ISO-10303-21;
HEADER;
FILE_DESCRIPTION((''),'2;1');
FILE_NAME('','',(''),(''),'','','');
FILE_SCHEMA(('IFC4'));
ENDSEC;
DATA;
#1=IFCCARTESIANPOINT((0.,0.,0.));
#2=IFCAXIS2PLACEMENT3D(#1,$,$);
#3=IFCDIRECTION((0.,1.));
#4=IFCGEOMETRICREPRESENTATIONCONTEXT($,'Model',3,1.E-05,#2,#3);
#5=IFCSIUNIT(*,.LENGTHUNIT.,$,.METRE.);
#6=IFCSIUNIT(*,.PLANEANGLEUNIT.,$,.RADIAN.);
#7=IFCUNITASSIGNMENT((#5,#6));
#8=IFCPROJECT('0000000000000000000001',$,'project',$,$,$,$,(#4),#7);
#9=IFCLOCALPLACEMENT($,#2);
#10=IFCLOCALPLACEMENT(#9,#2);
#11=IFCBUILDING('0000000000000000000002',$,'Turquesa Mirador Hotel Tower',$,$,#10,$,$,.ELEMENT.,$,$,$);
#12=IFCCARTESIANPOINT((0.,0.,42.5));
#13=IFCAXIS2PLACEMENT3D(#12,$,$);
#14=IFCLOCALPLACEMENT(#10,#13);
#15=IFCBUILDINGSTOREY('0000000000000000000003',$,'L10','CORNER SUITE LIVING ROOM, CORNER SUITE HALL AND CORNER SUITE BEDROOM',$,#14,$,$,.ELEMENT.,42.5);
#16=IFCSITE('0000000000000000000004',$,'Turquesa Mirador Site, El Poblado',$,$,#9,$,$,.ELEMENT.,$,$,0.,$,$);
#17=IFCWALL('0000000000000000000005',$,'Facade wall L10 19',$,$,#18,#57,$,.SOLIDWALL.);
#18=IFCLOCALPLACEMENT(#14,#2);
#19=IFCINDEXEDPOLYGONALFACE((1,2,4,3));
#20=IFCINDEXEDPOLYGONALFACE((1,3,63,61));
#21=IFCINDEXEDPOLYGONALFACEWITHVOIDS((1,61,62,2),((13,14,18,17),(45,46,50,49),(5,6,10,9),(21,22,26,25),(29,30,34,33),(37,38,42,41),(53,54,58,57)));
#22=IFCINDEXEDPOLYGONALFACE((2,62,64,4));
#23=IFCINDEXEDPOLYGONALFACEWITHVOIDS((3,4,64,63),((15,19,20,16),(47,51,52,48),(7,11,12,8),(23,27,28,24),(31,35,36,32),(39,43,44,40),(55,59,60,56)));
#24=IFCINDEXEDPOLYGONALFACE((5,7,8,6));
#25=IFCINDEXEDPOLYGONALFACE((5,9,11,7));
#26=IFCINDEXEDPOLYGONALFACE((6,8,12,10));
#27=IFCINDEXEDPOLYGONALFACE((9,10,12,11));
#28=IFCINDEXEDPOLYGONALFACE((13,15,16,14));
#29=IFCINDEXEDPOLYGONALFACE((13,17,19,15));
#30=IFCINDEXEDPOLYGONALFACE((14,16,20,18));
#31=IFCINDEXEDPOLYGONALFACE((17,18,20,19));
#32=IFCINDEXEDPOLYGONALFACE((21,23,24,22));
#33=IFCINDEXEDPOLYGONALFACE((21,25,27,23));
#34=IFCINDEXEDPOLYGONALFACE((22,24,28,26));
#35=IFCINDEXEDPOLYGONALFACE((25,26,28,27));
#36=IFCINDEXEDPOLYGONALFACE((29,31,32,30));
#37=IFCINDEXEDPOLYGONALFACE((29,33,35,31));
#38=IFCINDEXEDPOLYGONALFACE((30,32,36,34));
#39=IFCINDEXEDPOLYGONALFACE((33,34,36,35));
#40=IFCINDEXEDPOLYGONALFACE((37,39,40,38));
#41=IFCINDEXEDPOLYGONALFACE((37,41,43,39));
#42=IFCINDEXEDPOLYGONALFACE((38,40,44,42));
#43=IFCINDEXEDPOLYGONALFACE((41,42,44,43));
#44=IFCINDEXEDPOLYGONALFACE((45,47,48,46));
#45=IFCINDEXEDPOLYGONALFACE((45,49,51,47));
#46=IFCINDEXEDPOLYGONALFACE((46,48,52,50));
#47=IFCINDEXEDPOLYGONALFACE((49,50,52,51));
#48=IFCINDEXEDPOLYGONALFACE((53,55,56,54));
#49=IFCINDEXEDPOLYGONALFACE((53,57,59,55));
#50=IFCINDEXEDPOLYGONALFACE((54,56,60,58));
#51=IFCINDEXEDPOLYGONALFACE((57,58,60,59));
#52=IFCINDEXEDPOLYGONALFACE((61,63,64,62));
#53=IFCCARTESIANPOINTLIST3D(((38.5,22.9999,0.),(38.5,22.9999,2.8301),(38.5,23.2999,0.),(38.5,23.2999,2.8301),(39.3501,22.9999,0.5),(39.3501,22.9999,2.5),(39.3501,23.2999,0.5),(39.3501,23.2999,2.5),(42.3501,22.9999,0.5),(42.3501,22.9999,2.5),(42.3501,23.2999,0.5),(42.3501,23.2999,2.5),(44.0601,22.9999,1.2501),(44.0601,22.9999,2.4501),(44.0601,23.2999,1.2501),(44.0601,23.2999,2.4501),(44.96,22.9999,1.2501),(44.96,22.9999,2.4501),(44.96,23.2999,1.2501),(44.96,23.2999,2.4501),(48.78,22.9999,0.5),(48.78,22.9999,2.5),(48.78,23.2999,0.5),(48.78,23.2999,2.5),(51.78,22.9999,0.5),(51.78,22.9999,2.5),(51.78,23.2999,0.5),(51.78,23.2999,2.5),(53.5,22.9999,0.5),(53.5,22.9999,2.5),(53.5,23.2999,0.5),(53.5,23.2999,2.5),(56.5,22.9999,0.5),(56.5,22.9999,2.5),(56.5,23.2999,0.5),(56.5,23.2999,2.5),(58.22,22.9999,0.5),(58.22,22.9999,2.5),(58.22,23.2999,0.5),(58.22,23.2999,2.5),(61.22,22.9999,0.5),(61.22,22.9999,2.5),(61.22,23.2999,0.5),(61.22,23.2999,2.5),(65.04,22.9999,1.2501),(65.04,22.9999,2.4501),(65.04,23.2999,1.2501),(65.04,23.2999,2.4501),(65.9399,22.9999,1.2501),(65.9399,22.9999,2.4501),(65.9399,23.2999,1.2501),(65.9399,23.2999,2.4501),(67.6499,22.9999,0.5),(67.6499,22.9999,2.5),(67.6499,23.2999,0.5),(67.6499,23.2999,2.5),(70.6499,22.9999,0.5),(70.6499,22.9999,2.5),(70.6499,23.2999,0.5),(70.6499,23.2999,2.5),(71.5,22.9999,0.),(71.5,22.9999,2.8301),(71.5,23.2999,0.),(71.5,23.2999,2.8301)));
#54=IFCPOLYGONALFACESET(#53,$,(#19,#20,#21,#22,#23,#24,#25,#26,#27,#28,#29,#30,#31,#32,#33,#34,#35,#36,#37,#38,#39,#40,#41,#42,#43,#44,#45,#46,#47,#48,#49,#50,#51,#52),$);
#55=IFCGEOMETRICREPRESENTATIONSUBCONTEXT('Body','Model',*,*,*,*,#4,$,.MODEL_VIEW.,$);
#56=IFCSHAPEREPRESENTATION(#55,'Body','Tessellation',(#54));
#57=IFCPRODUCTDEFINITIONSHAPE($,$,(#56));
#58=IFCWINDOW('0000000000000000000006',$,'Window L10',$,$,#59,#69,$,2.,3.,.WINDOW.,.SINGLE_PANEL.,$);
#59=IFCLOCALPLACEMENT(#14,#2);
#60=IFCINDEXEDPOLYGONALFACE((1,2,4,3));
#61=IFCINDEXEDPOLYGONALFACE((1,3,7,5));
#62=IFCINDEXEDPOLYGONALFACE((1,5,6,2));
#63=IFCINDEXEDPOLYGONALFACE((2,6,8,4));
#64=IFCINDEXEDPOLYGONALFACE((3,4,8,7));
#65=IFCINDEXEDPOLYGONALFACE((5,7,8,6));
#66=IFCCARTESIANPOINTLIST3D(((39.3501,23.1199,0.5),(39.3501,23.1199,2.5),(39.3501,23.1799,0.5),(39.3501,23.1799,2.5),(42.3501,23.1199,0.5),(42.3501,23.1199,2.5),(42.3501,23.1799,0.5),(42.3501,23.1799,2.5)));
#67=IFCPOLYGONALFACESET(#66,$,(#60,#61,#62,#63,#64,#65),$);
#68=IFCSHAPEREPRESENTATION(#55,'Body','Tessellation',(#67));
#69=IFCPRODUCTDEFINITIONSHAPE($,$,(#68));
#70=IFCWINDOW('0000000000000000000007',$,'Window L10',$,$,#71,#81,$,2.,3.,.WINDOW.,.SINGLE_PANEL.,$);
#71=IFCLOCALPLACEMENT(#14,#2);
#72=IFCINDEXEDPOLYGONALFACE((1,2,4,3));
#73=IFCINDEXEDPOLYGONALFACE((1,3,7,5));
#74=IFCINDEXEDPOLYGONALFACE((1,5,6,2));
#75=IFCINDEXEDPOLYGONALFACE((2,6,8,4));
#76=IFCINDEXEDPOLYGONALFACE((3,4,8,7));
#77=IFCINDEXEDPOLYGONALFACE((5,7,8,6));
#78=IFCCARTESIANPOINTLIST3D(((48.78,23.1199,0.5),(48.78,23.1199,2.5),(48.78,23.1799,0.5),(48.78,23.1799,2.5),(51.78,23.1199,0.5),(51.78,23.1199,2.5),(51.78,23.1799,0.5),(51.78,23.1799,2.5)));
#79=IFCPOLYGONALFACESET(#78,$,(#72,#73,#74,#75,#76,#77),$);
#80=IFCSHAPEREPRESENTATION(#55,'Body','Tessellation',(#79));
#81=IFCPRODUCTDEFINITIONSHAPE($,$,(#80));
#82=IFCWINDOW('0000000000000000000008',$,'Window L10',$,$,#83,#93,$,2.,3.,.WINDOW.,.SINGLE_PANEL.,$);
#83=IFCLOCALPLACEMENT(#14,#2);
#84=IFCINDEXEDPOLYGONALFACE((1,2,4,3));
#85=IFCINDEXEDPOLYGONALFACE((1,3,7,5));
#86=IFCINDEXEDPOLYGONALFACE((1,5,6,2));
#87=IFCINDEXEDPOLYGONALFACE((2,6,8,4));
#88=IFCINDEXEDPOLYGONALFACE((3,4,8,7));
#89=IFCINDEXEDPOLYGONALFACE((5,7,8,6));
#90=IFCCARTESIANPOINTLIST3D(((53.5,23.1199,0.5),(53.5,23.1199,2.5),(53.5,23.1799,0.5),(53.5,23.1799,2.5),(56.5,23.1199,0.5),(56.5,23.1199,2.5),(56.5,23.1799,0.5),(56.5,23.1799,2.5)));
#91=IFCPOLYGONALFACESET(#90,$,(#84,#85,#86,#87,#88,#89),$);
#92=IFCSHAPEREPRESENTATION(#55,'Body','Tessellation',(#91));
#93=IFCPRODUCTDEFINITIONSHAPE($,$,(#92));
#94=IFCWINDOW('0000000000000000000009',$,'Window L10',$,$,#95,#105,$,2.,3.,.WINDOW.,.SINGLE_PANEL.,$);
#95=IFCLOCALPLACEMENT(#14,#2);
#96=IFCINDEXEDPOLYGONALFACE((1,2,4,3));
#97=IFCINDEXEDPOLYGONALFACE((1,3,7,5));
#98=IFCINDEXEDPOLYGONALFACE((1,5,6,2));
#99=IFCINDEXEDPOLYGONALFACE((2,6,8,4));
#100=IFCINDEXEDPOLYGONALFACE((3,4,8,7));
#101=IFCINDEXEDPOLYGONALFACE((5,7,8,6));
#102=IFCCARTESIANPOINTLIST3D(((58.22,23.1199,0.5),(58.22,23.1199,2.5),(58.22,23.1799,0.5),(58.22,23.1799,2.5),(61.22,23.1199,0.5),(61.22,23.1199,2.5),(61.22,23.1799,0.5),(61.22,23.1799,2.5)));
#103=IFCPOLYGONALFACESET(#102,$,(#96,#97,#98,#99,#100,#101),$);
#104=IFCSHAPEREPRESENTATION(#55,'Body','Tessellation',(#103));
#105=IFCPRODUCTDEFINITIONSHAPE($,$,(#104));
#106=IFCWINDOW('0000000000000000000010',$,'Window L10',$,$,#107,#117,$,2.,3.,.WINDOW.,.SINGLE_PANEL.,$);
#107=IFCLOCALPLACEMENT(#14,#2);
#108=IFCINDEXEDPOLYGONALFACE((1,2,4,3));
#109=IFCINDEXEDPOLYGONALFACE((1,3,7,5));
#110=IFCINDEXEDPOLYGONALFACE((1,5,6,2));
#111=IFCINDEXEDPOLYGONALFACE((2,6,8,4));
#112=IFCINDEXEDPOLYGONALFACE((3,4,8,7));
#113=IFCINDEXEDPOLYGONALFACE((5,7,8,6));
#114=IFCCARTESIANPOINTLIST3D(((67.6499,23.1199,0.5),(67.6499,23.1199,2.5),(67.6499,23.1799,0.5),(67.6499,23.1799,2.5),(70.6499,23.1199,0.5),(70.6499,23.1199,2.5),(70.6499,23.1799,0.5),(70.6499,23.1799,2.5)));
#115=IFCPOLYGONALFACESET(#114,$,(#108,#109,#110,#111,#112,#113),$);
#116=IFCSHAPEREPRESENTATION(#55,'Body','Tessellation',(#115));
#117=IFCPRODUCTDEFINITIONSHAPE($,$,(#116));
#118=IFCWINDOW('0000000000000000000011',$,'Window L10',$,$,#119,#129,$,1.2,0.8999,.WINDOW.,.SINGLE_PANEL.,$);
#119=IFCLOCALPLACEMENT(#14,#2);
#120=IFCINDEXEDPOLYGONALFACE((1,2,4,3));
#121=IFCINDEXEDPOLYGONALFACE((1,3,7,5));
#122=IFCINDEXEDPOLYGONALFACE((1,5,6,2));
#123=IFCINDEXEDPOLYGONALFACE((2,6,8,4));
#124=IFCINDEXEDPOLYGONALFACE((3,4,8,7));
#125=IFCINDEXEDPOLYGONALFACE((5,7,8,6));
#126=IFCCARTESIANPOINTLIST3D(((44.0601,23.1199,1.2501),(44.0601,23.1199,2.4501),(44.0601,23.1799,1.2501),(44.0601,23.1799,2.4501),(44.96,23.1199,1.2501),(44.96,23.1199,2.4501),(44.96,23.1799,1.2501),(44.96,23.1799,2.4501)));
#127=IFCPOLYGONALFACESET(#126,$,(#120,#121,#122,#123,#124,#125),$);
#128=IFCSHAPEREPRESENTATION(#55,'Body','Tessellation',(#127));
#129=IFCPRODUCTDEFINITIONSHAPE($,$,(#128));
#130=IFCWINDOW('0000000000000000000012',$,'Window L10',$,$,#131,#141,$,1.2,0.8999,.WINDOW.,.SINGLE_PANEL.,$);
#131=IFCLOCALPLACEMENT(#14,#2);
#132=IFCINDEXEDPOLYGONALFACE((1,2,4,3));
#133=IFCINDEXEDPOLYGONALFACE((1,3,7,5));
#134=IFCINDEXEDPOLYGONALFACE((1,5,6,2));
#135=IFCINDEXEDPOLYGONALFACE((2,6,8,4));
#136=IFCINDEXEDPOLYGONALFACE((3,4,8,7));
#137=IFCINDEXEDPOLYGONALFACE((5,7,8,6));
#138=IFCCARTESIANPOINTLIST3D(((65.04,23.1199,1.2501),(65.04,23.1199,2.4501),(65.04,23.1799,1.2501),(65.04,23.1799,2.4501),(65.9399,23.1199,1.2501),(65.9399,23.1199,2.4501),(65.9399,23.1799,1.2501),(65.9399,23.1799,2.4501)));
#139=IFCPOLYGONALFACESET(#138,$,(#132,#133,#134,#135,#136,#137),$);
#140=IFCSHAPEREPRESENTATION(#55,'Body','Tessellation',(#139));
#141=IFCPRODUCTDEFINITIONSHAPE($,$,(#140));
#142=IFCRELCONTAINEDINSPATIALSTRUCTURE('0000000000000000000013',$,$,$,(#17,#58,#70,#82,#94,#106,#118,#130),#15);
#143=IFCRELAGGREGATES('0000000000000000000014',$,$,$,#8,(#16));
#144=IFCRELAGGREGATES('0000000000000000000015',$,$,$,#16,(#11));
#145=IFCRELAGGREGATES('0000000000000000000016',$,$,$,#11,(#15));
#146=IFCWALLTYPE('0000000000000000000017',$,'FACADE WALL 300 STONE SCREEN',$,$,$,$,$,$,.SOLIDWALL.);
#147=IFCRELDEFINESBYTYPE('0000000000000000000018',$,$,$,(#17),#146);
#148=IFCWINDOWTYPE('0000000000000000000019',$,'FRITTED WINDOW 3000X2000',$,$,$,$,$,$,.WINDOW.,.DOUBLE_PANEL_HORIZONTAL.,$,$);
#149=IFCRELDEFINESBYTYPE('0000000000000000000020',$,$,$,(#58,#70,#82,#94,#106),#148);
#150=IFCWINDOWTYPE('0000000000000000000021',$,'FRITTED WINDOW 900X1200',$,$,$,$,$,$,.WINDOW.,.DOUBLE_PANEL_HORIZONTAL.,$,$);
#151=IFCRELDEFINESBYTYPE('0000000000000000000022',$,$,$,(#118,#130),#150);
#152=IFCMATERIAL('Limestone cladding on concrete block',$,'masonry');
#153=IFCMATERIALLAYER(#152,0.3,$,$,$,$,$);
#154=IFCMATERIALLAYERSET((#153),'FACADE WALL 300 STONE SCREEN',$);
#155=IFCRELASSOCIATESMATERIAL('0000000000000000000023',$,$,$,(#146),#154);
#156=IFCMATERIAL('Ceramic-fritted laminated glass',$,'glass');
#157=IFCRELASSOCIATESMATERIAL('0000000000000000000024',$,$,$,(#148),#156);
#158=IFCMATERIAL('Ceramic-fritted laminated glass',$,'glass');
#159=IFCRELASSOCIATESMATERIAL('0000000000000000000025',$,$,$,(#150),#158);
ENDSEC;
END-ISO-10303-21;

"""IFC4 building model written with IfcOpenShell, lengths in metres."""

from ifc_helpers import new_model, si_unit, direction, frame, frame_2d, origin, place, context, subcontext, project, spatial, rectangle, extrude, material, layer, layer_set, type_object, element, fill, save


model = new_model("IFC4")

# Units and contexts
model_context = context("Model", 3, precision=1e-05, world=origin(), true_north=direction((0.0, 1.0)))
body_context = subcontext(model_context, "Body", "Model", "MODEL_VIEW")
ifc_project = project(units=[si_unit("LENGTHUNIT", "METRE"), si_unit("PLANEANGLEUNIT", "RADIAN")], contexts=[model_context])

# Site, building, storey
site_placement = place(None, origin())
site = spatial("IfcSite", under=ifc_project, at=site_placement, Name="Turquesa Mirador Site, El Poblado", CompositionType="ELEMENT", RefElevation=0.0)
building_placement = place(site_placement, origin())
building = spatial("IfcBuilding", under=site, at=building_placement, Name="Turquesa Mirador Hotel Tower", CompositionType="ELEMENT")
storey_placement = place(building_placement, frame((0.0, 0.0, 42.5)))
storey = spatial("IfcBuildingStorey", under=building, at=storey_placement, Name="L10", Description="CORNER SUITE LIVING ROOM, CORNER SUITE HALL AND CORNER SUITE BEDROOM", CompositionType="ELEMENT", Elevation=42.5)

# Shared definitions
ifc_material_1 = material(Name="Limestone cladding on concrete block", Category="masonry")
ifc_layer_1 = layer(ifc_material_1, 0.3)
ifc_layer_set_1 = layer_set([ifc_layer_1], Name="FACADE WALL 300 STONE SCREEN")
wall_type_1 = type_object("IfcWallType", Name="FACADE WALL 300 STONE SCREEN", PredefinedType="SOLIDWALL", material=ifc_layer_set_1)

# Wall, openings, windows
wall_1_placement = place(storey_placement, frame((38.5, 23.1499, 0.0), z_axis=(0.0, 0.0, 1.0), x_axis=(1.0, 0.0, 0.0)))
wall_1 = element("IfcWall", 1, at=wall_1_placement, inside=storey, type_object=wall_type_1, Name="Facade wall L10 19", PredefinedType="SOLIDWALL", context=body_context, shape_type="SweptSolid", body=[
    extrude(rectangle(XDim=33.0, YDim=0.3, at=frame_2d((16.5, 0.0))), origin(), (0.0, 0.0, 1.0), 2.8301),
])
opening_1_placement = place(wall_1_placement, frame((0.8501, 0.0, 0.5)))
opening_1 = element("IfcOpeningElement", 2, at=opening_1_placement, cuts=wall_1, PredefinedType="OPENING", context=body_context, shape_type="SweptSolid", body=[
    extrude(rectangle(XDim=3.0, YDim=2.0, at=frame_2d((1.5, 1.0))), frame((0.0, 0.1599, 0.0), z_axis=(0.0, -1.0, 0.0), x_axis=(1.0, 0.0, 0.0)), (0.0, 0.0, 1.0), 0.3201),
])
opening_2_placement = place(wall_1_placement, frame((5.5601, 0.0, 1.25)))
opening_2 = element("IfcOpeningElement", 3, at=opening_2_placement, cuts=wall_1, PredefinedType="OPENING", context=body_context, shape_type="SweptSolid", body=[
    extrude(rectangle(XDim=0.8999, YDim=1.2, at=frame_2d((0.45, 0.6001))), frame((0.0, 0.1599, 0.0), z_axis=(0.0, -1.0, 0.0), x_axis=(1.0, 0.0, 0.0)), (0.0, 0.0, 1.0), 0.3201),
])
opening_3_placement = place(wall_1_placement, frame((10.28, 0.0, 0.5)))
opening_3 = element("IfcOpeningElement", 4, at=opening_3_placement, cuts=wall_1, PredefinedType="OPENING", context=body_context, shape_type="SweptSolid", body=[
    extrude(rectangle(XDim=3.0, YDim=2.0, at=frame_2d((1.5, 1.0))), frame((0.0, 0.1599, 0.0), z_axis=(0.0, -1.0, 0.0), x_axis=(1.0, 0.0, 0.0)), (0.0, 0.0, 1.0), 0.3201),
])
opening_4_placement = place(wall_1_placement, frame((15.0, 0.0, 0.5)))
opening_4 = element("IfcOpeningElement", 5, at=opening_4_placement, cuts=wall_1, PredefinedType="OPENING", context=body_context, shape_type="SweptSolid", body=[
    extrude(rectangle(XDim=3.0, YDim=2.0, at=frame_2d((1.5, 1.0))), frame((0.0, 0.1599, 0.0), z_axis=(0.0, -1.0, 0.0), x_axis=(1.0, 0.0, 0.0)), (0.0, 0.0, 1.0), 0.3201),
])
opening_5_placement = place(wall_1_placement, frame((19.72, 0.0, 0.5)))
opening_5 = element("IfcOpeningElement", 6, at=opening_5_placement, cuts=wall_1, PredefinedType="OPENING", context=body_context, shape_type="SweptSolid", body=[
    extrude(rectangle(XDim=3.0, YDim=2.0, at=frame_2d((1.5, 1.0))), frame((0.0, 0.1599, 0.0), z_axis=(0.0, -1.0, 0.0), x_axis=(1.0, 0.0, 0.0)), (0.0, 0.0, 1.0), 0.3201),
])
opening_6_placement = place(wall_1_placement, frame((26.54, 0.0, 1.25)))
opening_6 = element("IfcOpeningElement", 7, at=opening_6_placement, cuts=wall_1, PredefinedType="OPENING", context=body_context, shape_type="SweptSolid", body=[
    extrude(rectangle(XDim=0.8999, YDim=1.2, at=frame_2d((0.45, 0.6001))), frame((0.0, 0.1599, 0.0), z_axis=(0.0, -1.0, 0.0), x_axis=(1.0, 0.0, 0.0)), (0.0, 0.0, 1.0), 0.3201),
])
opening_7_placement = place(wall_1_placement, frame((29.1499, 0.0, 0.5)))
opening_7 = element("IfcOpeningElement", 8, at=opening_7_placement, cuts=wall_1, PredefinedType="OPENING", context=body_context, shape_type="SweptSolid", body=[
    extrude(rectangle(XDim=3.0, YDim=2.0, at=frame_2d((1.5, 1.0))), frame((0.0, 0.1599, 0.0), z_axis=(0.0, -1.0, 0.0), x_axis=(1.0, 0.0, 0.0)), (0.0, 0.0, 1.0), 0.3201),
])
ifc_material_2 = material(Name="Ceramic-fritted laminated glass", Category="glass")
window_type_1 = type_object("IfcWindowType", Name="FRITTED WINDOW 3000X2000", PartitioningType="DOUBLE_PANEL_HORIZONTAL", PredefinedType="WINDOW", material=ifc_material_2)
window_1_placement = place(opening_1_placement, origin())
window_1 = element("IfcWindow", 9, at=window_1_placement, inside=storey, type_object=window_type_1, Name="Window L10", OverallHeight=2.0, OverallWidth=3.0, PartitioningType="SINGLE_PANEL", PredefinedType="WINDOW", context=body_context, shape_type="SweptSolid", body=[
    extrude(rectangle(XDim=3.0, YDim=2.0, at=frame_2d((1.5, 1.0))), frame((0.0, 0.03, 0.0), z_axis=(0.0, -1.0, 0.0), x_axis=(1.0, 0.0, 0.0)), (0.0, 0.0, 1.0), 0.0601),
])
fill(opening_1, window_1)
window_2_placement = place(opening_3_placement, origin())
window_2 = element("IfcWindow", 10, at=window_2_placement, inside=storey, type_object=window_type_1, Name="Window L10", OverallHeight=2.0, OverallWidth=3.0, PartitioningType="SINGLE_PANEL", PredefinedType="WINDOW", context=body_context, shape_type="SweptSolid", body=[
    extrude(rectangle(XDim=3.0, YDim=2.0, at=frame_2d((1.5, 1.0))), frame((0.0, 0.03, 0.0), z_axis=(0.0, -1.0, 0.0), x_axis=(1.0, 0.0, 0.0)), (0.0, 0.0, 1.0), 0.0601),
])
fill(opening_3, window_2)
window_3_placement = place(opening_4_placement, origin())
window_3 = element("IfcWindow", 11, at=window_3_placement, inside=storey, type_object=window_type_1, Name="Window L10", OverallHeight=2.0, OverallWidth=3.0, PartitioningType="SINGLE_PANEL", PredefinedType="WINDOW", context=body_context, shape_type="SweptSolid", body=[
    extrude(rectangle(XDim=3.0, YDim=2.0, at=frame_2d((1.5, 1.0))), frame((0.0, 0.03, 0.0), z_axis=(0.0, -1.0, 0.0), x_axis=(1.0, 0.0, 0.0)), (0.0, 0.0, 1.0), 0.0601),
])
fill(opening_4, window_3)
window_4_placement = place(opening_5_placement, origin())
window_4 = element("IfcWindow", 12, at=window_4_placement, inside=storey, type_object=window_type_1, Name="Window L10", OverallHeight=2.0, OverallWidth=3.0, PartitioningType="SINGLE_PANEL", PredefinedType="WINDOW", context=body_context, shape_type="SweptSolid", body=[
    extrude(rectangle(XDim=3.0, YDim=2.0, at=frame_2d((1.5, 1.0))), frame((0.0, 0.03, 0.0), z_axis=(0.0, -1.0, 0.0), x_axis=(1.0, 0.0, 0.0)), (0.0, 0.0, 1.0), 0.0601),
])
fill(opening_5, window_4)
window_5_placement = place(opening_7_placement, origin())
window_5 = element("IfcWindow", 13, at=window_5_placement, inside=storey, type_object=window_type_1, Name="Window L10", OverallHeight=2.0, OverallWidth=3.0, PartitioningType="SINGLE_PANEL", PredefinedType="WINDOW", context=body_context, shape_type="SweptSolid", body=[
    extrude(rectangle(XDim=3.0, YDim=2.0, at=frame_2d((1.5, 1.0))), frame((0.0, 0.03, 0.0), z_axis=(0.0, -1.0, 0.0), x_axis=(1.0, 0.0, 0.0)), (0.0, 0.0, 1.0), 0.0601),
])
fill(opening_7, window_5)
ifc_material_3 = material(Name="Ceramic-fritted laminated glass", Category="glass")
window_type_2 = type_object("IfcWindowType", Name="FRITTED WINDOW 900X1200", PartitioningType="DOUBLE_PANEL_HORIZONTAL", PredefinedType="WINDOW", material=ifc_material_3)
window_6_placement = place(opening_2_placement, origin())
window_6 = element("IfcWindow", 14, at=window_6_placement, inside=storey, type_object=window_type_2, Name="Window L10", OverallHeight=1.2, OverallWidth=0.8999, PartitioningType="SINGLE_PANEL", PredefinedType="WINDOW", context=body_context, shape_type="SweptSolid", body=[
    extrude(rectangle(XDim=0.8999, YDim=1.2, at=frame_2d((0.45, 0.6001))), frame((0.0, 0.03, 0.0), z_axis=(0.0, -1.0, 0.0), x_axis=(1.0, 0.0, 0.0)), (0.0, 0.0, 1.0), 0.0601),
])
fill(opening_2, window_6)
window_7_placement = place(opening_6_placement, origin())
window_7 = element("IfcWindow", 15, at=window_7_placement, inside=storey, type_object=window_type_2, Name="Window L10", OverallHeight=1.2, OverallWidth=0.8999, PartitioningType="SINGLE_PANEL", PredefinedType="WINDOW", context=body_context, shape_type="SweptSolid", body=[
    extrude(rectangle(XDim=0.8999, YDim=1.2, at=frame_2d((0.45, 0.6001))), frame((0.0, 0.03, 0.0), z_axis=(0.0, -1.0, 0.0), x_axis=(1.0, 0.0, 0.0)), (0.0, 0.0, 1.0), 0.0601),
])
fill(opening_6, window_7)

save(model, "model.ifc")
